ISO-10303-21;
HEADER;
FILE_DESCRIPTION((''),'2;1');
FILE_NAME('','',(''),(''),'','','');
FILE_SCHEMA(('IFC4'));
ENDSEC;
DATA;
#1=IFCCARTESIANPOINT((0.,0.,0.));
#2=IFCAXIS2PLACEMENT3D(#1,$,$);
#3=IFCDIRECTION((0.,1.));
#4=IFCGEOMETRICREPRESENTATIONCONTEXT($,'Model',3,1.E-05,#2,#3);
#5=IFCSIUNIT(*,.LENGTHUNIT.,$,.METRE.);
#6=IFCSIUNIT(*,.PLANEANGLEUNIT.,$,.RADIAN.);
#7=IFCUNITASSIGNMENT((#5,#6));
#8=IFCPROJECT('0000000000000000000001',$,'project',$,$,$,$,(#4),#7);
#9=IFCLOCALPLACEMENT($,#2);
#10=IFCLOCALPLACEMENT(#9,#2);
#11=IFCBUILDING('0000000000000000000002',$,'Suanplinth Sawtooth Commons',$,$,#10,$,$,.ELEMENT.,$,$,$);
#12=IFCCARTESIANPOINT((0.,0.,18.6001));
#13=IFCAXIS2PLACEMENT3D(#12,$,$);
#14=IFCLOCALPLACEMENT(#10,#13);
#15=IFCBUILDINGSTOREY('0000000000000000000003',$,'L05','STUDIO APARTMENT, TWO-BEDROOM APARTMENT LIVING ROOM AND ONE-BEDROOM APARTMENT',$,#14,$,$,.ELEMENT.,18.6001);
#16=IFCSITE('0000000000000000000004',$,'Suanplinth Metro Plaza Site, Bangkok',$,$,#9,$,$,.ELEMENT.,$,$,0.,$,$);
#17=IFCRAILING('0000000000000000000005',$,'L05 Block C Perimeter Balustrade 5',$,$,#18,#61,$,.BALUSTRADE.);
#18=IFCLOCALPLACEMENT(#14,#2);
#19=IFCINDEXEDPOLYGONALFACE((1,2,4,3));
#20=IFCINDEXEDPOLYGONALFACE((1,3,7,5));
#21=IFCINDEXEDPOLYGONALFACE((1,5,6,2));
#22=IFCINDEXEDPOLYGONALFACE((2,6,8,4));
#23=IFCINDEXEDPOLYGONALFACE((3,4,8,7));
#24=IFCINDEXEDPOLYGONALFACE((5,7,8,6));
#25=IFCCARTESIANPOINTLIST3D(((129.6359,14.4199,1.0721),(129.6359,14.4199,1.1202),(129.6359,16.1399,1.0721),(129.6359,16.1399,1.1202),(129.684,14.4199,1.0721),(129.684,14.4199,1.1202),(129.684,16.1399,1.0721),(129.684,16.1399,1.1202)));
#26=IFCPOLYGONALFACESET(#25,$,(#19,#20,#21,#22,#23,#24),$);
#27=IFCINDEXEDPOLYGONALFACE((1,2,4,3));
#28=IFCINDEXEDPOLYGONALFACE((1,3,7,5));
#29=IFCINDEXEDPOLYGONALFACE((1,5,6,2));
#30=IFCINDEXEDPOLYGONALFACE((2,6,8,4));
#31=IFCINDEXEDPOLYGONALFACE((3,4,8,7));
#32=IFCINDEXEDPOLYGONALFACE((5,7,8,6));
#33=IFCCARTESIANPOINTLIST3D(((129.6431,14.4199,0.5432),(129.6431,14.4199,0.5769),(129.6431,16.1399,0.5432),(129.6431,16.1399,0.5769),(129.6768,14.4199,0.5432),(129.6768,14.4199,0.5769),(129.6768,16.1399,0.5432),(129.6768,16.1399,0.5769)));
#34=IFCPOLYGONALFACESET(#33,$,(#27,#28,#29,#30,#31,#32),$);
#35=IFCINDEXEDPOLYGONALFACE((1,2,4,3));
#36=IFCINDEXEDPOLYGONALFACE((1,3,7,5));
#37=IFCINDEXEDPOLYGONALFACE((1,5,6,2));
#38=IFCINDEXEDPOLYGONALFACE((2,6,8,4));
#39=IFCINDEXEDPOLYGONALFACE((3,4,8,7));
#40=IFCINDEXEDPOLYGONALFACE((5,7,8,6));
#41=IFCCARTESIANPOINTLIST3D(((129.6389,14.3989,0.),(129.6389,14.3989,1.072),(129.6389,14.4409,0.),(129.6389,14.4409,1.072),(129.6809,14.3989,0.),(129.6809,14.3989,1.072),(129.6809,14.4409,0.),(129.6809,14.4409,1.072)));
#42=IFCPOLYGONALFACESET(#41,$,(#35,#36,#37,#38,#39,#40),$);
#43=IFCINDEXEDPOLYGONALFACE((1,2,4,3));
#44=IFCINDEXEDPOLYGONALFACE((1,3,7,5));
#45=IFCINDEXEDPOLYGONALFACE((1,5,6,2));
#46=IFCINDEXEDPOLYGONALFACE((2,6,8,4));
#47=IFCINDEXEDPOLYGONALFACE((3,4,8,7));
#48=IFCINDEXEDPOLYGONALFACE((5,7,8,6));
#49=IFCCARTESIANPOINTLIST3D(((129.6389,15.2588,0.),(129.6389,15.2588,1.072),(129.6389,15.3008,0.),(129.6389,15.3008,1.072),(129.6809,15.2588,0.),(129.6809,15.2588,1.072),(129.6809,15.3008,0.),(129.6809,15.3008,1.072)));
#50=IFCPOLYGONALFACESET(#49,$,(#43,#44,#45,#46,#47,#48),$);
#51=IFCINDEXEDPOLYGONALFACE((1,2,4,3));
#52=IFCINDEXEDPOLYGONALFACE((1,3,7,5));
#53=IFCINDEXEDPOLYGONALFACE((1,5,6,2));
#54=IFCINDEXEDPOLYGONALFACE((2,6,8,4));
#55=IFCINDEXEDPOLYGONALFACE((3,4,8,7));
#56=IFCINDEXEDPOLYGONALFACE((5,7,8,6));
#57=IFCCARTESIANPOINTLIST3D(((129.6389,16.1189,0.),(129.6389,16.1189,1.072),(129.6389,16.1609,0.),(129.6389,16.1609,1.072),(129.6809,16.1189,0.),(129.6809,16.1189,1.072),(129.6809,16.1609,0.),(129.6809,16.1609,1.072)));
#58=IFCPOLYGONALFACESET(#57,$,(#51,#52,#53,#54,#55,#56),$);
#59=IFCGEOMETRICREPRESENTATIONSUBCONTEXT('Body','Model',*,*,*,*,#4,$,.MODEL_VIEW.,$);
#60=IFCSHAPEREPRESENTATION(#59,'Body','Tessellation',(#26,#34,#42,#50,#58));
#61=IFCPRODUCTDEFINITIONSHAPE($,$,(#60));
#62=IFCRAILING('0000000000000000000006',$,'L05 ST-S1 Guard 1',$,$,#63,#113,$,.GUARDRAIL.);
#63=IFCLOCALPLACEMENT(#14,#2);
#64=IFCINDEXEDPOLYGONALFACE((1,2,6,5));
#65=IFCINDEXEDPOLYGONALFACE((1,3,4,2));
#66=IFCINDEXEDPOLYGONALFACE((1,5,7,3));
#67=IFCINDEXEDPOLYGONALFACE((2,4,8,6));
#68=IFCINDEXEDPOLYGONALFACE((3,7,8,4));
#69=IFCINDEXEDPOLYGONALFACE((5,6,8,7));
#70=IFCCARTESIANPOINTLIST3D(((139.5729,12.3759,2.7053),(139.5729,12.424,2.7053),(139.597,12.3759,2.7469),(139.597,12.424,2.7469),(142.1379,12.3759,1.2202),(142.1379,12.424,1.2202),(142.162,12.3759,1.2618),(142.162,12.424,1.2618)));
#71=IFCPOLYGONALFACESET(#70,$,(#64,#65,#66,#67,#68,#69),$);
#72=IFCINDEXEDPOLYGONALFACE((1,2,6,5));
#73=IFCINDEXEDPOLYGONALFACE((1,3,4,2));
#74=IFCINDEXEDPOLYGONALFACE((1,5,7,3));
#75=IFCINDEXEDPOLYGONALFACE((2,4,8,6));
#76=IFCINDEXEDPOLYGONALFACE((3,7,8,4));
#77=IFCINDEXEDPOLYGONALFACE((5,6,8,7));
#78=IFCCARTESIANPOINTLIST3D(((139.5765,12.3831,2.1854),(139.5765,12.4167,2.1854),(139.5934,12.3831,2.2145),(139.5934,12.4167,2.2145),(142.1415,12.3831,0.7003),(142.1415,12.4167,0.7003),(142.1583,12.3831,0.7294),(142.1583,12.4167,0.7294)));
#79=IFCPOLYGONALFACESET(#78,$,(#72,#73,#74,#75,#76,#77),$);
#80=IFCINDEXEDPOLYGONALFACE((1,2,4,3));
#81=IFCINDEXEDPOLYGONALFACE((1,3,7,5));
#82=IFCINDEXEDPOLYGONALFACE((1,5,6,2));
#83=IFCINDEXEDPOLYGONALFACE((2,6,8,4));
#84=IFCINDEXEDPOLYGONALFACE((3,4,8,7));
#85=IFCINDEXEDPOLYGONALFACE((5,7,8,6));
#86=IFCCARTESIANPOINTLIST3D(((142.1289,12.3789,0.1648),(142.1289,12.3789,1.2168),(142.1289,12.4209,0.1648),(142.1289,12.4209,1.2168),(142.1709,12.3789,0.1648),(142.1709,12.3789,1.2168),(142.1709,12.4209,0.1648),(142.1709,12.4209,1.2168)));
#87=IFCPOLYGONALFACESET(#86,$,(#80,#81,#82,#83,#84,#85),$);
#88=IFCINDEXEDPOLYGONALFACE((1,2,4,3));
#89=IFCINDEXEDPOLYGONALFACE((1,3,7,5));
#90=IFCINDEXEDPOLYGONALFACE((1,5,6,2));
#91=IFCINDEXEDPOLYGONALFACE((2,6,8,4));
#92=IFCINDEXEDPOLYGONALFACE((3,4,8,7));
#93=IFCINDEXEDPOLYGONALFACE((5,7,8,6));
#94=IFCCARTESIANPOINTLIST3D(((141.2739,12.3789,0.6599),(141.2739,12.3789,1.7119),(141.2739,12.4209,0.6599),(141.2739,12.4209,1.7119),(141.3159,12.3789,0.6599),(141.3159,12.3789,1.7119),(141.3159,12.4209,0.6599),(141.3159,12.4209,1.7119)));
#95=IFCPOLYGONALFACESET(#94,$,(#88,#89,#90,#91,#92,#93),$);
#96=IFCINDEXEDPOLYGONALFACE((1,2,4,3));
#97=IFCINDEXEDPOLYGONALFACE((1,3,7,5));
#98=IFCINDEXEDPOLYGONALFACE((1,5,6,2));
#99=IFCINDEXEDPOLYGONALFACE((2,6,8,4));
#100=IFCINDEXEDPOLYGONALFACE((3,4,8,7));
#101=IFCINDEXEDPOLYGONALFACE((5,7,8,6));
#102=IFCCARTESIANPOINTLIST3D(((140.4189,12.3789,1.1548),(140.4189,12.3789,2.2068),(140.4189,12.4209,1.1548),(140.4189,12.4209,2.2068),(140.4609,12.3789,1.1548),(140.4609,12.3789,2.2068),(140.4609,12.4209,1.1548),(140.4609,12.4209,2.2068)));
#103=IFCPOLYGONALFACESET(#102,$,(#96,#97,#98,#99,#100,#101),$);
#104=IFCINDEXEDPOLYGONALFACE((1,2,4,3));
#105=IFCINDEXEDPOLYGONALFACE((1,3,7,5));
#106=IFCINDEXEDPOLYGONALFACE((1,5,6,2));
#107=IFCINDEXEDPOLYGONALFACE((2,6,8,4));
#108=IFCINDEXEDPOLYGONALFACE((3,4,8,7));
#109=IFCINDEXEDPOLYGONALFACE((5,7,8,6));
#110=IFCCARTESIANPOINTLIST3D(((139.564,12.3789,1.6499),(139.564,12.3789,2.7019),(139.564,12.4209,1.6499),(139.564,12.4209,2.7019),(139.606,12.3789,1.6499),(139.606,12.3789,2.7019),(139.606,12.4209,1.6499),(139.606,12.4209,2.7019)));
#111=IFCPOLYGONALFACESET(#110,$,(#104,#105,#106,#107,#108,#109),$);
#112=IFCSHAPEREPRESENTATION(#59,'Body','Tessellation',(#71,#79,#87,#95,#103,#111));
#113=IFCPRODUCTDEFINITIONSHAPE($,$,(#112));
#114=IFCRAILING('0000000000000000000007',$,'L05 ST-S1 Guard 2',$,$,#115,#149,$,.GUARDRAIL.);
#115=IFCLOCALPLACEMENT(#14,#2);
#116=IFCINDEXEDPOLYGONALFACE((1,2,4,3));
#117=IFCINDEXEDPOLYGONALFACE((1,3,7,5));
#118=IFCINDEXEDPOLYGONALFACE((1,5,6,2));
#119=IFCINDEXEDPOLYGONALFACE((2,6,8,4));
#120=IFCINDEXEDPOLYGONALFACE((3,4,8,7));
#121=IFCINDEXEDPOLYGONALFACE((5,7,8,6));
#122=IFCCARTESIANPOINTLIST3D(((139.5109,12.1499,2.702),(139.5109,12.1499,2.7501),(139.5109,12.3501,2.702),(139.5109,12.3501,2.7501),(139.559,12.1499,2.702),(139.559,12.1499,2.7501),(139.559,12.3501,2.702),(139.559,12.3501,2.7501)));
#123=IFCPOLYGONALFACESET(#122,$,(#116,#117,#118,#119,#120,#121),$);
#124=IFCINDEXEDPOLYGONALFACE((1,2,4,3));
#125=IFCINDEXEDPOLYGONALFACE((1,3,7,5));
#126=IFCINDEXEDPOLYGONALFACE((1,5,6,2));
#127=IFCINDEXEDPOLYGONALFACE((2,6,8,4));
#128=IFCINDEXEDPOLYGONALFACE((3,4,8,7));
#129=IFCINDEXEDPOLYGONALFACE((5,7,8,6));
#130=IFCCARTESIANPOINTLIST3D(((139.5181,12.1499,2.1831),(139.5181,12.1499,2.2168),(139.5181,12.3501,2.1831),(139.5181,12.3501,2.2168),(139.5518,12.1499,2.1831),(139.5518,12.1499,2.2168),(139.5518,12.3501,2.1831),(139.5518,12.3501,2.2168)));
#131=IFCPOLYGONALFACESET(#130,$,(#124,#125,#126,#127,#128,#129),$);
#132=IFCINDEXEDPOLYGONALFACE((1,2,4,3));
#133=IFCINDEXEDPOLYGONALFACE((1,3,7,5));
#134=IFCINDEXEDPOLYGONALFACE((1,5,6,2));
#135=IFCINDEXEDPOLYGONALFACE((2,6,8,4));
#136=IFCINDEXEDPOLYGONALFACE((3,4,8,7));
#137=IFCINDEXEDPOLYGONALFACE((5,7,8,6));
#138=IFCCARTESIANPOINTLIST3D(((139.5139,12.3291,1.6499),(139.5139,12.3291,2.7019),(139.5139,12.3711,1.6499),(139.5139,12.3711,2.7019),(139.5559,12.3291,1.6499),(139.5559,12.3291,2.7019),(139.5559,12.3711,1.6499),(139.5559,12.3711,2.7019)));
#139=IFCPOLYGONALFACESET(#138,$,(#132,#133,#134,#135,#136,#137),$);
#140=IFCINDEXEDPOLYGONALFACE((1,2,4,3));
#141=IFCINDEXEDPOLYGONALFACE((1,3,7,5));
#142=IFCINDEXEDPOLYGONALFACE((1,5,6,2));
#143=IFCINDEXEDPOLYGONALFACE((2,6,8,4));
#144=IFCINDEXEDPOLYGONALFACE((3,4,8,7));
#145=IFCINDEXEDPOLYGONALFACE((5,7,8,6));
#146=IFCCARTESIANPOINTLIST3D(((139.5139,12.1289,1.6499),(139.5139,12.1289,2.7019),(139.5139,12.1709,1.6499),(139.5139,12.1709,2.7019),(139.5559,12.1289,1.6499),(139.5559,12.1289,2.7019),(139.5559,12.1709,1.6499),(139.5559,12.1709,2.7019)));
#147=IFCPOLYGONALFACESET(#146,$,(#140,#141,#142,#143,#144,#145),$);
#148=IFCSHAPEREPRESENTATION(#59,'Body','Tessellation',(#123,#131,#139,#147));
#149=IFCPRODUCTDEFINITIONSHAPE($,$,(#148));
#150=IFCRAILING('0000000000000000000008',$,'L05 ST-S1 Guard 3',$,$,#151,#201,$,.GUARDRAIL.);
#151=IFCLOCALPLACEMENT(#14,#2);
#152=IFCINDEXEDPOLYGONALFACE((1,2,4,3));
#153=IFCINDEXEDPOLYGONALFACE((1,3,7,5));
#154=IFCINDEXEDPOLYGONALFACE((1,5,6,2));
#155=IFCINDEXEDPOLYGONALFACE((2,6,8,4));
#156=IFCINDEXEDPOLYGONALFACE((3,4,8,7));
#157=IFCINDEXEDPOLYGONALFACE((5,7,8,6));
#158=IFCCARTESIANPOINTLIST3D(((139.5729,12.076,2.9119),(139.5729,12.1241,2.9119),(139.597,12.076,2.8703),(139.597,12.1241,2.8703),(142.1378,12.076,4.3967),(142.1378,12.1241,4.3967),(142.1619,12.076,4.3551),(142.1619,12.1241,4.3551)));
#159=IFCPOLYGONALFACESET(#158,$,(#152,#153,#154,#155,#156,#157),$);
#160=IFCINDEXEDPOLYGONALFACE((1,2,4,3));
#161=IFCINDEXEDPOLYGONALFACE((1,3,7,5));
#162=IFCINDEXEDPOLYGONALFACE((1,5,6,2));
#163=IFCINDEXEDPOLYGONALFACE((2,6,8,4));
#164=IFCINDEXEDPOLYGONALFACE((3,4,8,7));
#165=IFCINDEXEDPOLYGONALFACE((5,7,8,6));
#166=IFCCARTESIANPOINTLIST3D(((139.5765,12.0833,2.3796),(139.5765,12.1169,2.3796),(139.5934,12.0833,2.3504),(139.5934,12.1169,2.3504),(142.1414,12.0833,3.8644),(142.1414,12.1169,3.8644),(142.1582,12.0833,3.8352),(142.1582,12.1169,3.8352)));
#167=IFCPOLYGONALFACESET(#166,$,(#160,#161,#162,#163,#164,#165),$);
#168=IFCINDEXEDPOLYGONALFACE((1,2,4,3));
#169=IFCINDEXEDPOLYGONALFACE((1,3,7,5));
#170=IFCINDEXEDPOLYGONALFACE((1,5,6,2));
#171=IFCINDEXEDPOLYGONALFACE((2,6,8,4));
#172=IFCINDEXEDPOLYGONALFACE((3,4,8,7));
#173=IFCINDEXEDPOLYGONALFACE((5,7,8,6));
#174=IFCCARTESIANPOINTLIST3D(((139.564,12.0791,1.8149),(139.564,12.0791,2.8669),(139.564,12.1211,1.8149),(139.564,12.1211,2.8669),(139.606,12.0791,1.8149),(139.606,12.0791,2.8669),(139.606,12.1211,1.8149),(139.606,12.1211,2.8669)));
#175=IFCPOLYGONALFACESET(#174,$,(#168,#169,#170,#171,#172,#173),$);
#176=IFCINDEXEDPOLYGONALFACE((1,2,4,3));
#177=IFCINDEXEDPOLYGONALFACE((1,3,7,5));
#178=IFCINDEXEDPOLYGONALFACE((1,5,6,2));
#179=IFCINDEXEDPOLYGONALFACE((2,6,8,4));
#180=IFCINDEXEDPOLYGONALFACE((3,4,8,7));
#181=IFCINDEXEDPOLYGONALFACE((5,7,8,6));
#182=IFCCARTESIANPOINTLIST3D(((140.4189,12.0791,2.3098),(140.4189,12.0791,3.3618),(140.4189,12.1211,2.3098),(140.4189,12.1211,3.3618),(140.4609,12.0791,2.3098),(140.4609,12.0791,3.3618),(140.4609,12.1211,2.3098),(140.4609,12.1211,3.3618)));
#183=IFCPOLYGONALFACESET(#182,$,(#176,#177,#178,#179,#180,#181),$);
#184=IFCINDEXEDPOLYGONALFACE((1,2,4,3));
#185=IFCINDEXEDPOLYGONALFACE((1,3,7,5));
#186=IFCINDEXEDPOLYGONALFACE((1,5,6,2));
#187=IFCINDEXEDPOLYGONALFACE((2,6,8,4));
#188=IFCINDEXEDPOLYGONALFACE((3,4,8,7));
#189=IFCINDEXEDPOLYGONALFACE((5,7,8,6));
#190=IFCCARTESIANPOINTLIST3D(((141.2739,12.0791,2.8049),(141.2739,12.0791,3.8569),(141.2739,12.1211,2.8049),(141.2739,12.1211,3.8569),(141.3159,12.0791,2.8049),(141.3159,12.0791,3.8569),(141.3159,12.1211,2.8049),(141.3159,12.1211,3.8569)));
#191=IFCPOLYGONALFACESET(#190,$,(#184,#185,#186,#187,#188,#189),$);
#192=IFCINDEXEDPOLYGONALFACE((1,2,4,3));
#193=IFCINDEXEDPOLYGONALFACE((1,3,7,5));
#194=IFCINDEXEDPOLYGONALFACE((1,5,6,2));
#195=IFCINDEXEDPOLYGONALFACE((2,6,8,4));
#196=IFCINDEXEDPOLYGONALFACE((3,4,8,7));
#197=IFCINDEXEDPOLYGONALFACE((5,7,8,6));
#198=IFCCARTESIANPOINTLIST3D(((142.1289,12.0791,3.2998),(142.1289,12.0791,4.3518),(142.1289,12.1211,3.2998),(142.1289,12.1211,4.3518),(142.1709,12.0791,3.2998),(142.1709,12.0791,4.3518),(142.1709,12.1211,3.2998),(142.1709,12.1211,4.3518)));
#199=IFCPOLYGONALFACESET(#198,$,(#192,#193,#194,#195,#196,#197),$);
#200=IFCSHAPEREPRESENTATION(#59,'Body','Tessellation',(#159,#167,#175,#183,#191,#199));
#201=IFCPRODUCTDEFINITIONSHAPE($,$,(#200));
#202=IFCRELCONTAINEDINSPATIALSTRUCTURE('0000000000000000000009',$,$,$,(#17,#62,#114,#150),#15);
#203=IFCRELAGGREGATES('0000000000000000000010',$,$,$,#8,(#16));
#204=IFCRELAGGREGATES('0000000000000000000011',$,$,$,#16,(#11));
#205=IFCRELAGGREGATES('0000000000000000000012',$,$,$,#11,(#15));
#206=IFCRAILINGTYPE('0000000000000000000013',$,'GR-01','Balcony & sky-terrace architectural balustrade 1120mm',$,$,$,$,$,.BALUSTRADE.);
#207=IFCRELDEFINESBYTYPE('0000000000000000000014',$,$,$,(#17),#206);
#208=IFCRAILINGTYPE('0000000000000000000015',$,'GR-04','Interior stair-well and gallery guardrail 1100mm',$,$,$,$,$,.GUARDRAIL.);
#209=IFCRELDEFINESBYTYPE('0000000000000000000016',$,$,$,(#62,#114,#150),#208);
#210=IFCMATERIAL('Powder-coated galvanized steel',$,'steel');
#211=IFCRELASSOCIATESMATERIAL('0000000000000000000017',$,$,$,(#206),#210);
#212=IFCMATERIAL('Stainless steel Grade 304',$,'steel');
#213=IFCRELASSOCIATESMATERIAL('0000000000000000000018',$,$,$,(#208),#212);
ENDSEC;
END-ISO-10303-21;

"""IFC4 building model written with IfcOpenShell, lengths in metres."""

from ifc_helpers import new_model, si_unit, direction, frame, origin, origin_2d, place, context, subcontext, project, spatial, rectangle, extrude, material, type_object, element, save


model = new_model("IFC4")

# Units and contexts
model_context = context("Model", 3, precision=1e-05, world=origin(), true_north=direction((0.0, 1.0)))
body_context = subcontext(model_context, "Body", "Model", "MODEL_VIEW")
ifc_project = project(units=[si_unit("LENGTHUNIT", "METRE"), si_unit("PLANEANGLEUNIT", "RADIAN")], contexts=[model_context])

# Site, building, storey
site_placement = place(None, origin())
site = spatial("IfcSite", under=ifc_project, at=site_placement, Name="Suanplinth Metro Plaza Site, Bangkok", CompositionType="ELEMENT", RefElevation=0.0)
building_placement = place(site_placement, origin())
building = spatial("IfcBuilding", under=site, at=building_placement, Name="Suanplinth Sawtooth Commons", CompositionType="ELEMENT")
storey_placement = place(building_placement, frame((0.0, 0.0, 18.6001)))
storey = spatial("IfcBuildingStorey", under=building, at=storey_placement, Name="L05", Description="STUDIO APARTMENT, TWO-BEDROOM APARTMENT LIVING ROOM AND ONE-BEDROOM APARTMENT", CompositionType="ELEMENT", Elevation=18.6001)

# Railings
ifc_material_1 = material(Name="Powder-coated galvanized steel", Category="steel")
railing_type_1 = type_object("IfcRailingType", Name="GR-01", Description="Balcony & sky-terrace architectural balustrade 1120mm", PredefinedType="BALUSTRADE", material=ifc_material_1)
railing_1_placement = place(storey_placement, frame((129.6599, 14.4199, 0.0)))
element("IfcRailing", 1, at=railing_1_placement, inside=storey, type_object=railing_type_1, Name="L05 Block C Perimeter Balustrade 5", PredefinedType="BALUSTRADE", context=body_context, shape_type="SweptSolid", body=[
    extrude(rectangle(XDim=0.0481, YDim=0.0481, at=origin_2d()), frame((0.0, 0.0, 1.0962), z_axis=(0.0, 1.0, 0.0), x_axis=(-1.0, 0.0, 0.0)), (0.0, 0.0, 1.0), 1.72),
    extrude(rectangle(XDim=0.0337, YDim=0.0337, at=origin_2d()), frame((0.0, 0.0, 0.5601), z_axis=(0.0, 1.0, 0.0), x_axis=(-1.0, 0.0, 0.0)), (0.0, 0.0, 1.0), 1.72),
    extrude(rectangle(XDim=0.042, YDim=0.042, at=origin_2d()), origin(), (0.0, 0.0, 1.0), 1.072),
    extrude(rectangle(XDim=0.042, YDim=0.042, at=origin_2d()), frame((0.0, 0.8599, 0.0)), (0.0, 0.0, 1.0), 1.072),
    extrude(rectangle(XDim=0.042, YDim=0.042, at=origin_2d()), frame((0.0, 1.72, 0.0)), (0.0, 0.0, 1.0), 1.072),
])
ifc_material_2 = material(Name="Stainless steel Grade 304", Category="steel")
railing_type_2 = type_object("IfcRailingType", Name="GR-04", Description="Interior stair-well and gallery guardrail 1100mm", PredefinedType="GUARDRAIL", material=ifc_material_2)
railing_2_placement = place(storey_placement, frame((142.1499, 12.3999, 0.1648)))
element("IfcRailing", 2, at=railing_2_placement, inside=storey, type_object=railing_type_2, Name="L05 ST-S1 Guard 1", PredefinedType="GUARDRAIL", context=body_context, shape_type="SweptSolid", body=[
    extrude(rectangle(XDim=0.0481, YDim=0.0481, at=origin_2d()), frame((0.0, 0.0, 1.0762), z_axis=(-0.865406, 0.0, 0.501072), x_axis=(0.0, -1.0, 0.0)), (0.0, 0.0, 1.0), 2.9639),
    extrude(rectangle(XDim=0.0337, YDim=0.0337, at=origin_2d()), frame((0.0, 0.0, 0.55), z_axis=(-0.865406, 0.0, 0.501072), x_axis=(0.0, -1.0, 0.0)), (0.0, 0.0, 1.0), 2.9639),
    extrude(rectangle(XDim=0.042, YDim=0.042, at=origin_2d()), origin(), (0.0, 0.0, 1.0), 1.052),
    extrude(rectangle(XDim=0.042, YDim=0.042, at=origin_2d()), frame((-0.855, 0.0, 0.4951)), (0.0, 0.0, 1.0), 1.052),
    extrude(rectangle(XDim=0.042, YDim=0.042, at=origin_2d()), frame((-1.71, 0.0, 0.99)), (0.0, 0.0, 1.0), 1.052),
    extrude(rectangle(XDim=0.042, YDim=0.042, at=origin_2d()), frame((-2.5649, 0.0, 1.4851)), (0.0, 0.0, 1.0), 1.052),
])
railing_3_placement = place(storey_placement, frame((139.5349, 12.3501, 1.6499)))
element("IfcRailing", 3, at=railing_3_placement, inside=storey, type_object=railing_type_2, Name="L05 ST-S1 Guard 2", PredefinedType="GUARDRAIL", context=body_context, shape_type="SweptSolid", body=[
    extrude(rectangle(XDim=0.0481, YDim=0.0481, at=origin_2d()), frame((0.0, 0.0, 1.0762), z_axis=(0.0, -1.0, 0.0), x_axis=(1.0, 0.0, 0.0)), (0.0, 0.0, 1.0), 0.2002),
    extrude(rectangle(XDim=0.0337, YDim=0.0337, at=origin_2d()), frame((0.0, 0.0, 0.55), z_axis=(0.0, -1.0, 0.0), x_axis=(1.0, 0.0, 0.0)), (0.0, 0.0, 1.0), 0.2002),
    extrude(rectangle(XDim=0.042, YDim=0.042, at=origin_2d()), origin(), (0.0, 0.0, 1.0), 1.052),
    extrude(rectangle(XDim=0.042, YDim=0.042, at=origin_2d()), frame((0.0, -0.2002, 0.0)), (0.0, 0.0, 1.0), 1.052),
])
railing_4_placement = place(storey_placement, frame((139.585, 12.1001, 1.8149)))
element("IfcRailing", 4, at=railing_4_placement, inside=storey, type_object=railing_type_2, Name="L05 ST-S1 Guard 3", PredefinedType="GUARDRAIL", context=body_context, shape_type="SweptSolid", body=[
    extrude(rectangle(XDim=0.0481, YDim=0.0481, at=origin_2d()), frame((0.0, 0.0, 1.0762), z_axis=(0.865441, 0.0, 0.50101), x_axis=(0.0, 1.0, 0.0)), (0.0, 0.0, 1.0), 2.9636),
    extrude(rectangle(XDim=0.0337, YDim=0.0337, at=origin_2d()), frame((0.0, 0.0, 0.55), z_axis=(0.865441, 0.0, 0.50101), x_axis=(0.0, 1.0, 0.0)), (0.0, 0.0, 1.0), 2.9636),
    extrude(rectangle(XDim=0.042, YDim=0.042, at=origin_2d()), origin(), (0.0, 0.0, 1.0), 1.052),
    extrude(rectangle(XDim=0.042, YDim=0.042, at=origin_2d()), frame((0.855, 0.0, 0.4949)), (0.0, 0.0, 1.0), 1.052),
    extrude(rectangle(XDim=0.042, YDim=0.042, at=origin_2d()), frame((1.71, 0.0, 0.99)), (0.0, 0.0, 1.0), 1.052),
    extrude(rectangle(XDim=0.042, YDim=0.042, at=origin_2d()), frame((2.5649, 0.0, 1.4849)), (0.0, 0.0, 1.0), 1.052),
])

save(model, "model.ifc")
